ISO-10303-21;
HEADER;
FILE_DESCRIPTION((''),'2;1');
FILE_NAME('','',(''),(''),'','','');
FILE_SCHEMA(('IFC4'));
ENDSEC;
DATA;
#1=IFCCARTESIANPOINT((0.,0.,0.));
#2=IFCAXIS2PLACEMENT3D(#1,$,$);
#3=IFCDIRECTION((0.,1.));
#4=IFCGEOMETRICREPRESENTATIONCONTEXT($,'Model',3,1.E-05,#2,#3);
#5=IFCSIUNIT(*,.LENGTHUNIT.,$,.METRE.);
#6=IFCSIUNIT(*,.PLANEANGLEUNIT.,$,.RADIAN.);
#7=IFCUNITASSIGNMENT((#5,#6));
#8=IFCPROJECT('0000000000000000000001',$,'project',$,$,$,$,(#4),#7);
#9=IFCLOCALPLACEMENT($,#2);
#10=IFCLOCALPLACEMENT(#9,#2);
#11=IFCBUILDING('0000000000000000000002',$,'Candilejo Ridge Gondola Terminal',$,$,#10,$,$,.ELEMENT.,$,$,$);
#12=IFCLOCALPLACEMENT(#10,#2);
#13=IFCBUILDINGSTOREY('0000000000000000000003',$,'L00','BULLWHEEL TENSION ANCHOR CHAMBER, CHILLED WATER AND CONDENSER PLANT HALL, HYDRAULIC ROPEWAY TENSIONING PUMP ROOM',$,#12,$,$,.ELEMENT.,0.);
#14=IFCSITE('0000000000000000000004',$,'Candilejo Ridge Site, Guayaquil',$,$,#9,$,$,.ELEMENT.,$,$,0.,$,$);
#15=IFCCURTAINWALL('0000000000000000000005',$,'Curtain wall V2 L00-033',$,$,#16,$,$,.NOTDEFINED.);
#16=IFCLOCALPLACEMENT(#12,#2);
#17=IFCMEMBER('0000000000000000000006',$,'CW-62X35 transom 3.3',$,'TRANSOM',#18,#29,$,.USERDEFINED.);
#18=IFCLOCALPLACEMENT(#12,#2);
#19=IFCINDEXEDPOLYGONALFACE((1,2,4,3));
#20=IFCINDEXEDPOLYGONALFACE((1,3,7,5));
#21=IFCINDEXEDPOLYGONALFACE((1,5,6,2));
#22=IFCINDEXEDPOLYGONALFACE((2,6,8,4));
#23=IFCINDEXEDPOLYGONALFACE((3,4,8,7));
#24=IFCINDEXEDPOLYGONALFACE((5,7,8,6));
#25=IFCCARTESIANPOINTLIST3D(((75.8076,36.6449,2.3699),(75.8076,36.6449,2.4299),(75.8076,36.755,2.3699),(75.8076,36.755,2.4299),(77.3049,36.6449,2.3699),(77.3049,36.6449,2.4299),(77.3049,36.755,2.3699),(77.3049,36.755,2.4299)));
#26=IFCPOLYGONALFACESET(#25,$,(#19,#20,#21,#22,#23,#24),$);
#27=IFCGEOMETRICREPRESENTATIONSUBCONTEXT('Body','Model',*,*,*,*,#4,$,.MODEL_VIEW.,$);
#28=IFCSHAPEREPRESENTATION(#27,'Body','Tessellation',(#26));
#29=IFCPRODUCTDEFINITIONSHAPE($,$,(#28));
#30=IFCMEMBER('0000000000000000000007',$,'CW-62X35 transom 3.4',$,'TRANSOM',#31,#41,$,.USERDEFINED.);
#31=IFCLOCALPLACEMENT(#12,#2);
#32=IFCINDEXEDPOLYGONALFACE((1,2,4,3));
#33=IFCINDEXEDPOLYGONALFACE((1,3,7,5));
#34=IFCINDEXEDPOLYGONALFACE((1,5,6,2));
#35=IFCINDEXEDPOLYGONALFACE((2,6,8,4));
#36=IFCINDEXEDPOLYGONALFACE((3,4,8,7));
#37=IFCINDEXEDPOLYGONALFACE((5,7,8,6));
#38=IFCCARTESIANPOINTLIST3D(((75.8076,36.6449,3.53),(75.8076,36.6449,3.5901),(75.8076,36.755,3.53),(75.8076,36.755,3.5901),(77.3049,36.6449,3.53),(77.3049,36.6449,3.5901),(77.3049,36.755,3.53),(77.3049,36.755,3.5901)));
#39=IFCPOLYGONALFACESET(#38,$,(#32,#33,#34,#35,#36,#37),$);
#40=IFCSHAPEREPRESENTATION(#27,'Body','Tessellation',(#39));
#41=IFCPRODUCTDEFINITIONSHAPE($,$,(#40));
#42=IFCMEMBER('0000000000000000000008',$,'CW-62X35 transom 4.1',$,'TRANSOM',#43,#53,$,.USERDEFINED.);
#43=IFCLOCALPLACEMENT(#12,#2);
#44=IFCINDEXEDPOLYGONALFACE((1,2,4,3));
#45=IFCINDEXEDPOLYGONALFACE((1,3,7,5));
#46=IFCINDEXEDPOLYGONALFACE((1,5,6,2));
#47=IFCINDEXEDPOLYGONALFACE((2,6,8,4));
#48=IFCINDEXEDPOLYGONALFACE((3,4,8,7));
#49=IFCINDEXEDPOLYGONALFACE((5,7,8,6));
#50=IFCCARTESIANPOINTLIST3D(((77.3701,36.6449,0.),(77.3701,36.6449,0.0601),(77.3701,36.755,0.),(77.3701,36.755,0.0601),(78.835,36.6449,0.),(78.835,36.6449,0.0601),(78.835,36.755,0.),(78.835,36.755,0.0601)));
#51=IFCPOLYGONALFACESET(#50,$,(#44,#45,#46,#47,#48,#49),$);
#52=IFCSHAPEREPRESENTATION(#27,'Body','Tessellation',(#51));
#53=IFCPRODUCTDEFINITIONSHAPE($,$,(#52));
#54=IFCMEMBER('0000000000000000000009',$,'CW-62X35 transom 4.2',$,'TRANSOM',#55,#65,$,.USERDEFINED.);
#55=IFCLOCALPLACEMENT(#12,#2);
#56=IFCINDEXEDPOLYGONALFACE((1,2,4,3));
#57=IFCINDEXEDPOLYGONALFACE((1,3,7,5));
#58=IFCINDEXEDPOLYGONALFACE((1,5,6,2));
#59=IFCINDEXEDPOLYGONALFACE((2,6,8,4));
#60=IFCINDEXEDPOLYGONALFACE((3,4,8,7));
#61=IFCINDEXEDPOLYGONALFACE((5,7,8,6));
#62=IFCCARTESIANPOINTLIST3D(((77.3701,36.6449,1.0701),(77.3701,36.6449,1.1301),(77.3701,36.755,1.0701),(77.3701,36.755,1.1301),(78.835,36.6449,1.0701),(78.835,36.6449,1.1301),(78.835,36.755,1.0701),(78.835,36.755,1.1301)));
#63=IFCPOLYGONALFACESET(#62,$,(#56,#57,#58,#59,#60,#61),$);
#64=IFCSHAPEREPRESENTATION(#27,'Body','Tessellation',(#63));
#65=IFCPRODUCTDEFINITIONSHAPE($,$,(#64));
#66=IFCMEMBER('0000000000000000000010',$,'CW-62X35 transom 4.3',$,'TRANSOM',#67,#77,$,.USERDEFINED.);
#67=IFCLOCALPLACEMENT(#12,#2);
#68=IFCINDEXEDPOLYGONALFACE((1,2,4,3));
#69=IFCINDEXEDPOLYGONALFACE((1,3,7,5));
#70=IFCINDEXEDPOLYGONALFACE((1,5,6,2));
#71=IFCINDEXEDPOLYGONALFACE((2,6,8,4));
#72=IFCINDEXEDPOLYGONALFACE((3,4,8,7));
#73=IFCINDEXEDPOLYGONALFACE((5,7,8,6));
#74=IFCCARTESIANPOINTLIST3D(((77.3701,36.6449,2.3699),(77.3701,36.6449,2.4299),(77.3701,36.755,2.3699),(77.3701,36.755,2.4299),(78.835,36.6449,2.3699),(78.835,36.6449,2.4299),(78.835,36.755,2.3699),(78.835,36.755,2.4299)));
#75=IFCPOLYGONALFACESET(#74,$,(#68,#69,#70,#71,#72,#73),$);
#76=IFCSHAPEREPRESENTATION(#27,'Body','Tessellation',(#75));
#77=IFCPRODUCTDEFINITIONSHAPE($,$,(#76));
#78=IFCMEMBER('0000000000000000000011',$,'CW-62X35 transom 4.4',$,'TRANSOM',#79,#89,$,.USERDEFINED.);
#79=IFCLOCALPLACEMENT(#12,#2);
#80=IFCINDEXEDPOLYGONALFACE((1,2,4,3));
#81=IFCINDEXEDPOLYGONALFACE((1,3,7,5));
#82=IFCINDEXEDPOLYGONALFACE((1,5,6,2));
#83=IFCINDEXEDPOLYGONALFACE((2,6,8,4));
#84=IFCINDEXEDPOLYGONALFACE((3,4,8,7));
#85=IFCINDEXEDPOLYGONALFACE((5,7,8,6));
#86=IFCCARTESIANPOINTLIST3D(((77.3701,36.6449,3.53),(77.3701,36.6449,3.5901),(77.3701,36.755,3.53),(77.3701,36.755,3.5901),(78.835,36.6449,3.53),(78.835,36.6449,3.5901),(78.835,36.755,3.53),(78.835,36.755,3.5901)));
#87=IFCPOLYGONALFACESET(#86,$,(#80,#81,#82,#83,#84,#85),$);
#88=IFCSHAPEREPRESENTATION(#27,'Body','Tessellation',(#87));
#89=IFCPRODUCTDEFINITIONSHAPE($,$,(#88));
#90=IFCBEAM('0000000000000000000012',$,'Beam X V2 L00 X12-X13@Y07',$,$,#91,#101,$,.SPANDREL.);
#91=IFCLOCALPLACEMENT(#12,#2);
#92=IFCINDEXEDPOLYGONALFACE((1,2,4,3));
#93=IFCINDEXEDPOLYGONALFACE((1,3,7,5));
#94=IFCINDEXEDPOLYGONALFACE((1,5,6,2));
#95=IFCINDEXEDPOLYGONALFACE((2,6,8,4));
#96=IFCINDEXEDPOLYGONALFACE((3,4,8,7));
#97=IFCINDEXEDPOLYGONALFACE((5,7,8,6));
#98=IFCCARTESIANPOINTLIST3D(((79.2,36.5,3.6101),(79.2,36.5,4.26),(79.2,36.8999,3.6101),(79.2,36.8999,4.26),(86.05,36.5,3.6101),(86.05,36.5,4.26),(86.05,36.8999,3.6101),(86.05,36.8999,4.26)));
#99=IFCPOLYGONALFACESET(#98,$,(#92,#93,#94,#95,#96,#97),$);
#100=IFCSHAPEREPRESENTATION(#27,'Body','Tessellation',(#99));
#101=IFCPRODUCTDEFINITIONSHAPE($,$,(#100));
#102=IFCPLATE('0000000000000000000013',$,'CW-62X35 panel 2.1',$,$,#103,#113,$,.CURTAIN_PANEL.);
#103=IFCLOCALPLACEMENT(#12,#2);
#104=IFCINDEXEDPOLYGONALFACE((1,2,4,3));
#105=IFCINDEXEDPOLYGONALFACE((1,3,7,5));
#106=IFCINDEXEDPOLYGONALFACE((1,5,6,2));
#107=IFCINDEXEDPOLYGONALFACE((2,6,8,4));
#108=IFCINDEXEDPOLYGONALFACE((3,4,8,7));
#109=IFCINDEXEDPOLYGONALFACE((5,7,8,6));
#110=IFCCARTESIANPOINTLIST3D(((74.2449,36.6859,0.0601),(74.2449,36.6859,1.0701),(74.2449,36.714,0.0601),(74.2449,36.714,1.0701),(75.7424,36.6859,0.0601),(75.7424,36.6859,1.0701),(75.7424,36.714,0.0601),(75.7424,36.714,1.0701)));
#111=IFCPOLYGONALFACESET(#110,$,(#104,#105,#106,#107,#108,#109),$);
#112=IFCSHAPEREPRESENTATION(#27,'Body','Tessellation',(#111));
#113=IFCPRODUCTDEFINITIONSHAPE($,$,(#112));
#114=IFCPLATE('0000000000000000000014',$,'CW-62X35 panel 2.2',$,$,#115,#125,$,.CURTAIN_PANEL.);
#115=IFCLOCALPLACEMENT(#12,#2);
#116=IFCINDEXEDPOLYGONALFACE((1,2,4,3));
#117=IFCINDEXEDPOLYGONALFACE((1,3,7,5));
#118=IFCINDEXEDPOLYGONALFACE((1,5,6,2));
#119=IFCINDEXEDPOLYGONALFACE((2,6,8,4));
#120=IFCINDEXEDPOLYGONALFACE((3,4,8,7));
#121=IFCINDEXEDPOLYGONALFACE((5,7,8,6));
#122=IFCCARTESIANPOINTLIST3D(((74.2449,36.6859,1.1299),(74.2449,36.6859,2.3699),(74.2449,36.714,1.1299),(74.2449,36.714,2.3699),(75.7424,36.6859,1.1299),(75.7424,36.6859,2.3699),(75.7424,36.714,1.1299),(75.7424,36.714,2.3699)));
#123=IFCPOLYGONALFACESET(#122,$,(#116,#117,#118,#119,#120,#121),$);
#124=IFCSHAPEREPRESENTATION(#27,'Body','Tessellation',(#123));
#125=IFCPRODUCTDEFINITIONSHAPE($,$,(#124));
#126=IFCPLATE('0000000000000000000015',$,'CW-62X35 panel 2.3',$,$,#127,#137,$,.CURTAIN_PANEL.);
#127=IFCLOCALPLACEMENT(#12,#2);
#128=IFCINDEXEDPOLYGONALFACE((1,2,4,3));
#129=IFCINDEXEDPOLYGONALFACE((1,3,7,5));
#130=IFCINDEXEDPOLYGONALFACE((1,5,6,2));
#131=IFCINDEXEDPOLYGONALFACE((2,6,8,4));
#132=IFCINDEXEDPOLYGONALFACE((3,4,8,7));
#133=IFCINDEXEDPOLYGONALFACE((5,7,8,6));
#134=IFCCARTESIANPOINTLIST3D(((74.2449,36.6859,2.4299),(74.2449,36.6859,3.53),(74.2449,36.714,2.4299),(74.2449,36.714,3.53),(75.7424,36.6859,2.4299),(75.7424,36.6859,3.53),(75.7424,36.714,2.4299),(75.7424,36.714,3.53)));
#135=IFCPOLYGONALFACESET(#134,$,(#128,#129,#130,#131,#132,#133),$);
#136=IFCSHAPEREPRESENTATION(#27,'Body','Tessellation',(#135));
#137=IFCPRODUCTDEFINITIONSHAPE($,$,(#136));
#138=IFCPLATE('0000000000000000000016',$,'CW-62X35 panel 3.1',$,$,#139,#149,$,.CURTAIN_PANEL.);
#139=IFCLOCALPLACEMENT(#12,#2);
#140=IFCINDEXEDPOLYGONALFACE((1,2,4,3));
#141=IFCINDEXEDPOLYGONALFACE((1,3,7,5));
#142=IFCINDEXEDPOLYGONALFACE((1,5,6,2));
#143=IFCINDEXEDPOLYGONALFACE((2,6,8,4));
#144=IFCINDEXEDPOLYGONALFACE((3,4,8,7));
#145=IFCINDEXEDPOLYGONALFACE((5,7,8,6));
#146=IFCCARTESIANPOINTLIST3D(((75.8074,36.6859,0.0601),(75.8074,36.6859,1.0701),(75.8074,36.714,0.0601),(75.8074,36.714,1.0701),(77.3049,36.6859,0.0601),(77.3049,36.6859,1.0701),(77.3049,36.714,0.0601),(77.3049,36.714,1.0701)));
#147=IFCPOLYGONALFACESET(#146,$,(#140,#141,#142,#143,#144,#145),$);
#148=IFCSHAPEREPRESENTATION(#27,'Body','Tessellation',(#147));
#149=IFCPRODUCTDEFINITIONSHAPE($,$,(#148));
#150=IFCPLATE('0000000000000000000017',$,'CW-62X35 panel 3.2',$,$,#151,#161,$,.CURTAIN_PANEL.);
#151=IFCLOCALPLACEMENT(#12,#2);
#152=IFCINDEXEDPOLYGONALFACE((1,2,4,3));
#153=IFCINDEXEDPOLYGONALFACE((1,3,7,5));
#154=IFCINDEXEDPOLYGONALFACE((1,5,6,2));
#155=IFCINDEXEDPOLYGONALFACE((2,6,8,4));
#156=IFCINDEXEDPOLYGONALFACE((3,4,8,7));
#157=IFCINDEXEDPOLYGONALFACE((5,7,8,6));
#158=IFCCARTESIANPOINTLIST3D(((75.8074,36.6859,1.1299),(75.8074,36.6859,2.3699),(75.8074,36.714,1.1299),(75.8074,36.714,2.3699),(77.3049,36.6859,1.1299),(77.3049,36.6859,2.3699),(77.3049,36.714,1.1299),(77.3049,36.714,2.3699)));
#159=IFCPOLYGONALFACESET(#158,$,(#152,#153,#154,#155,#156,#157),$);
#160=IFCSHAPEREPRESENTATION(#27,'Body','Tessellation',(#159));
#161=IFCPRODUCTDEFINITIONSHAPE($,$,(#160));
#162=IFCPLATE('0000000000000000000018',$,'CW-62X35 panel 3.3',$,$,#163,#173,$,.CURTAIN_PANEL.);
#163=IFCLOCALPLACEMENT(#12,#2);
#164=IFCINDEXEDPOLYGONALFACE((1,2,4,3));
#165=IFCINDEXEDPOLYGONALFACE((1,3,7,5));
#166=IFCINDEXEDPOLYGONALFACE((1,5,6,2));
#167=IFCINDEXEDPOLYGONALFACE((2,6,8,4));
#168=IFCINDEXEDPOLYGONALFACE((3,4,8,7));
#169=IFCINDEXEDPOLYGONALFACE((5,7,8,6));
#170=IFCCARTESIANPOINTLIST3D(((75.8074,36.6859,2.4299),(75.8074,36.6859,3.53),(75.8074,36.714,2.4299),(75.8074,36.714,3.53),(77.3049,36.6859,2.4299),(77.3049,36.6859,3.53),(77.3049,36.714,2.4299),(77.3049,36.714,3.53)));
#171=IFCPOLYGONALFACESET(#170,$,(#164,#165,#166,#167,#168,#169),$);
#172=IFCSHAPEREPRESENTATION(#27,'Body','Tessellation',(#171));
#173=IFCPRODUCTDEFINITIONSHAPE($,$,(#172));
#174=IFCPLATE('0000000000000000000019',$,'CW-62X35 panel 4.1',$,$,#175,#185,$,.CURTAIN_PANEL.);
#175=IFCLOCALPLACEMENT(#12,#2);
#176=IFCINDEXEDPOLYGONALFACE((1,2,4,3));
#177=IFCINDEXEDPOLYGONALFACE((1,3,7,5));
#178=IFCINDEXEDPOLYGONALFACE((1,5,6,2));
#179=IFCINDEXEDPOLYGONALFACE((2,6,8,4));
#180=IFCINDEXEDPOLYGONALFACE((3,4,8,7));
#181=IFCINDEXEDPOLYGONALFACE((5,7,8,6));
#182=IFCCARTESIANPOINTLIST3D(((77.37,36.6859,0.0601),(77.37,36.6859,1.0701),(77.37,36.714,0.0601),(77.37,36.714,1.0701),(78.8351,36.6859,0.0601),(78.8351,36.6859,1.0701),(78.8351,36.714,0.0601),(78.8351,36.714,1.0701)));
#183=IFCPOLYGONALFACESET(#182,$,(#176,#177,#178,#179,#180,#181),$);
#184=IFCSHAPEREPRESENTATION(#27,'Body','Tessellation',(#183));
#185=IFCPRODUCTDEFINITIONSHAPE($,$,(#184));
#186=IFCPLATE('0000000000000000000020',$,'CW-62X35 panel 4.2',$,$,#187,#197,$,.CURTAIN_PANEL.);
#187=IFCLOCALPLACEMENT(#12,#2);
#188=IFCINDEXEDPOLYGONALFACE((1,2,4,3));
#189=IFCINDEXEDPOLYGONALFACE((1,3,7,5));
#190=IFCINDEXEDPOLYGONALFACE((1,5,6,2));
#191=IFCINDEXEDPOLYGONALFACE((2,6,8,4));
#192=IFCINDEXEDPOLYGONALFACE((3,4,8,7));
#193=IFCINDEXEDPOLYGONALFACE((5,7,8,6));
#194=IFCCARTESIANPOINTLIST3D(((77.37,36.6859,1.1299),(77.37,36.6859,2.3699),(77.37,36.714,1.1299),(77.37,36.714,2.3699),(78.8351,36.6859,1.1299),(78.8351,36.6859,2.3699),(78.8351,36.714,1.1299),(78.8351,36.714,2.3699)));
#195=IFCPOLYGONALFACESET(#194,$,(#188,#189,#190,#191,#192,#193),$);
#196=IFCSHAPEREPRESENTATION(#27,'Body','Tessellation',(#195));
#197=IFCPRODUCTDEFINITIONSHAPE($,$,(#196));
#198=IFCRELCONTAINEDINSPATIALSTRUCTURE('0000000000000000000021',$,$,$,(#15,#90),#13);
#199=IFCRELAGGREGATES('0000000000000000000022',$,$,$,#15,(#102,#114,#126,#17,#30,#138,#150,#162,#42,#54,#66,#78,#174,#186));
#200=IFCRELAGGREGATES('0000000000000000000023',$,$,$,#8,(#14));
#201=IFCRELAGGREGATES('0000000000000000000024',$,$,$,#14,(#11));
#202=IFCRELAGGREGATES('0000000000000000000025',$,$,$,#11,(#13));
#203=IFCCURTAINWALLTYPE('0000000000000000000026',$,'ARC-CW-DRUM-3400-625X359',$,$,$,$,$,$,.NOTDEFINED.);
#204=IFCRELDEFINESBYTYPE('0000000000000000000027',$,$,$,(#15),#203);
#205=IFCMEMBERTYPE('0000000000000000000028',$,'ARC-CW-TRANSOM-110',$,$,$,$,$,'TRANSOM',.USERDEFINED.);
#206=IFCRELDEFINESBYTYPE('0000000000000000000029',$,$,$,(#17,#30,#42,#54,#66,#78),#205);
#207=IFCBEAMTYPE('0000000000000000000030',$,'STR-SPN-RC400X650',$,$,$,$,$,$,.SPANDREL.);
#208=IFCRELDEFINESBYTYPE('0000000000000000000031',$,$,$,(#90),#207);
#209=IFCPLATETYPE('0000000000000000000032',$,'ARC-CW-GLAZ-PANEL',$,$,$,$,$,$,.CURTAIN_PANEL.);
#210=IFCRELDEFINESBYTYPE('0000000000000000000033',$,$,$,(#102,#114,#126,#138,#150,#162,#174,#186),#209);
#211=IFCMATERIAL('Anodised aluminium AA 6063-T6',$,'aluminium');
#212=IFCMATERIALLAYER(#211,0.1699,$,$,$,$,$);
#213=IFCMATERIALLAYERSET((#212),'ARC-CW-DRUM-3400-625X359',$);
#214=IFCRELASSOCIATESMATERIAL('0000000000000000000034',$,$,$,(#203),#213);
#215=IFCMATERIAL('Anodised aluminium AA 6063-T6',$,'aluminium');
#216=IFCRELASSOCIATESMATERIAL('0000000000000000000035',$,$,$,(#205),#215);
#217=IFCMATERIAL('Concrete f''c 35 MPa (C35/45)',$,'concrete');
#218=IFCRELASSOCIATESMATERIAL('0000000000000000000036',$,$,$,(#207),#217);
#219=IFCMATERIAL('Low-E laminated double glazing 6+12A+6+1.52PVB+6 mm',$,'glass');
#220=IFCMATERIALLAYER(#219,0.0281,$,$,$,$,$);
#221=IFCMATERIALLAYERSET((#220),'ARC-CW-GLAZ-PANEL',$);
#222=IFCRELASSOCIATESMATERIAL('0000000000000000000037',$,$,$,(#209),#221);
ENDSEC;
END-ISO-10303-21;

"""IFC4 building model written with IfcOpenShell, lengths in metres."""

from ifc_helpers import new_model, si_unit, direction, frame, origin, origin_2d, place, context, subcontext, project, spatial, rectangle, extrude, material, layer, layer_set, material_profile, profile_set, type_object, element, aggregate, save


model = new_model("IFC4")

# Units and contexts
model_context = context("Model", 3, precision=1e-05, world=origin(), true_north=direction((0.0, 1.0)))
body_context = subcontext(model_context, "Body", "Model", "MODEL_VIEW")
ifc_project = project(units=[si_unit("LENGTHUNIT", "METRE"), si_unit("PLANEANGLEUNIT", "RADIAN")], contexts=[model_context])

# Site, building, storey
site_placement = place(None, origin())
site = spatial("IfcSite", under=ifc_project, at=site_placement, Name="Candilejo Ridge Site, Guayaquil", CompositionType="ELEMENT", RefElevation=0.0)
building_placement = place(site_placement, origin())
building = spatial("IfcBuilding", under=site, at=building_placement, Name="Candilejo Ridge Gondola Terminal", CompositionType="ELEMENT")
storey_placement = place(building_placement, origin())
storey = spatial("IfcBuildingStorey", under=building, at=storey_placement, Name="L00", Description="BULLWHEEL TENSION ANCHOR CHAMBER, CHILLED WATER AND CONDENSER PLANT HALL, HYDRAULIC ROPEWAY TENSIONING PUMP ROOM", CompositionType="ELEMENT", Elevation=0.0)

# Curtain wall, members
ifc_material_1 = material(Name="Anodised aluminium AA 6063-T6", Category="aluminium")
ifc_layer_1 = layer(ifc_material_1, 0.1699)
ifc_layer_set_1 = layer_set([ifc_layer_1], Name="ARC-CW-DRUM-3400-625X359")
curtain_wall_type = type_object("IfcCurtainWallType", Name="ARC-CW-DRUM-3400-625X359", PredefinedType="NOTDEFINED", material=ifc_layer_set_1)
curtain_wall_placement = place(storey_placement, origin())
curtain_wall = element("IfcCurtainWall", 1, at=curtain_wall_placement, inside=storey, type_object=curtain_wall_type, Name="Curtain wall V2 L00-033", PredefinedType="NOTDEFINED")
ifc_material_2 = material(Name="Anodised aluminium AA 6063-T6", Category="aluminium")
ifc_material_profile_1 = material_profile(ifc_material_2, rectangle(XDim=0.1101, YDim=0.0601, at=origin_2d()))
ifc_profile_set_1 = profile_set([ifc_material_profile_1], Name="Anodised aluminium AA 6063-T6")
member_type_1 = type_object("IfcMemberType", Name="ARC-CW-TRANSOM-110", ElementType="TRANSOM", PredefinedType="USERDEFINED", material=ifc_profile_set_1)
member_1_placement = place(storey_placement, frame((75.8076, 36.7, 2.3999), z_axis=(1.0, 0.0, 0.0), x_axis=(0.0, 1.0, 0.0)))
member_1 = element("IfcMember", 2, at=member_1_placement, type_object=member_type_1, Name="CW-62X35 transom 3.3", ObjectType="TRANSOM", PredefinedType="USERDEFINED", context=body_context, shape_type="SweptSolid", body=[
    extrude(rectangle(XDim=0.1101, YDim=0.0601, at=origin_2d()), origin(), (0.0, 0.0, 1.0), 1.4973),
])
member_2_placement = place(storey_placement, frame((75.8076, 36.7, 3.5601), z_axis=(1.0, 0.0, 0.0), x_axis=(0.0, 1.0, 0.0)))
member_2 = element("IfcMember", 3, at=member_2_placement, type_object=member_type_1, Name="CW-62X35 transom 3.4", ObjectType="TRANSOM", PredefinedType="USERDEFINED", context=body_context, shape_type="SweptSolid", body=[
    extrude(rectangle(XDim=0.1101, YDim=0.0601, at=origin_2d()), origin(), (0.0, 0.0, 1.0), 1.4973),
])
member_3_placement = place(storey_placement, frame((77.3701, 36.7, 0.03), z_axis=(1.0, 0.0, 0.0), x_axis=(0.0, 1.0, 0.0)))
member_3 = element("IfcMember", 4, at=member_3_placement, type_object=member_type_1, Name="CW-62X35 transom 4.1", ObjectType="TRANSOM", PredefinedType="USERDEFINED", context=body_context, shape_type="SweptSolid", body=[
    extrude(rectangle(XDim=0.1101, YDim=0.0601, at=origin_2d()), origin(), (0.0, 0.0, 1.0), 1.4648),
])
member_4_placement = place(storey_placement, frame((77.3701, 36.7, 1.1001), z_axis=(1.0, 0.0, 0.0), x_axis=(0.0, 1.0, 0.0)))
member_4 = element("IfcMember", 5, at=member_4_placement, type_object=member_type_1, Name="CW-62X35 transom 4.2", ObjectType="TRANSOM", PredefinedType="USERDEFINED", context=body_context, shape_type="SweptSolid", body=[
    extrude(rectangle(XDim=0.1101, YDim=0.0601, at=origin_2d()), origin(), (0.0, 0.0, 1.0), 1.4648),
])
member_5_placement = place(storey_placement, frame((77.3701, 36.7, 2.3999), z_axis=(1.0, 0.0, 0.0), x_axis=(0.0, 1.0, 0.0)))
member_5 = element("IfcMember", 6, at=member_5_placement, type_object=member_type_1, Name="CW-62X35 transom 4.3", ObjectType="TRANSOM", PredefinedType="USERDEFINED", context=body_context, shape_type="SweptSolid", body=[
    extrude(rectangle(XDim=0.1101, YDim=0.0601, at=origin_2d()), origin(), (0.0, 0.0, 1.0), 1.4648),
])
member_6_placement = place(storey_placement, frame((77.3701, 36.7, 3.5601), z_axis=(1.0, 0.0, 0.0), x_axis=(0.0, 1.0, 0.0)))
member_6 = element("IfcMember", 7, at=member_6_placement, type_object=member_type_1, Name="CW-62X35 transom 4.4", ObjectType="TRANSOM", PredefinedType="USERDEFINED", context=body_context, shape_type="SweptSolid", body=[
    extrude(rectangle(XDim=0.1101, YDim=0.0601, at=origin_2d()), origin(), (0.0, 0.0, 1.0), 1.4648),
])

# Beam
ifc_material_3 = material(Name="Concrete f'c 35 MPa (C35/45)", Category="concrete")
ifc_material_profile_2 = material_profile(ifc_material_3, rectangle(XDim=0.3999, YDim=0.6499, at=origin_2d()))
ifc_profile_set_2 = profile_set([ifc_material_profile_2], Name="Concrete f'c 35 MPa (C35/45)")
beam_type = type_object("IfcBeamType", Name="STR-SPN-RC400X650", PredefinedType="SPANDREL", material=ifc_profile_set_2)
beam_placement = place(storey_placement, frame((79.2, 36.7, 3.9351), z_axis=(1.0, 0.0, 0.0), x_axis=(0.0, 1.0, 0.0)))
element("IfcBeam", 8, at=beam_placement, inside=storey, type_object=beam_type, Name="Beam X V2 L00 X12-X13@Y07", PredefinedType="SPANDREL", context=body_context, shape_type="SweptSolid", body=[
    extrude(rectangle(XDim=0.3999, YDim=0.6499, at=origin_2d()), origin(), (0.0, 0.0, 1.0), 6.8501),
])

# Plates
ifc_material_4 = material(Name="Low-E laminated double glazing 6+12A+6+1.52PVB+6 mm", Category="glass")
ifc_layer_2 = layer(ifc_material_4, 0.0281)
ifc_layer_set_2 = layer_set([ifc_layer_2], Name="ARC-CW-GLAZ-PANEL")
plate_type = type_object("IfcPlateType", Name="ARC-CW-GLAZ-PANEL", PredefinedType="CURTAIN_PANEL", material=ifc_layer_set_2)
plate_1_placement = place(storey_placement, frame((74.9937, 36.7, 0.0601), z_axis=(0.0, 0.0, 1.0), x_axis=(1.0, 0.0, 0.0)))
plate_1 = element("IfcPlate", 9, at=plate_1_placement, type_object=plate_type, Name="CW-62X35 panel 2.1", PredefinedType="CURTAIN_PANEL", context=body_context, shape_type="SweptSolid", body=[
    extrude(rectangle(XDim=1.4976, YDim=0.0281, at=origin_2d()), origin(), (0.0, 0.0, 1.0), 1.01),
])
plate_2_placement = place(storey_placement, frame((74.9937, 36.7, 1.1299), z_axis=(0.0, 0.0, 1.0), x_axis=(1.0, 0.0, 0.0)))
plate_2 = element("IfcPlate", 10, at=plate_2_placement, type_object=plate_type, Name="CW-62X35 panel 2.2", PredefinedType="CURTAIN_PANEL", context=body_context, shape_type="SweptSolid", body=[
    extrude(rectangle(XDim=1.4976, YDim=0.0281, at=origin_2d()), origin(), (0.0, 0.0, 1.0), 1.24),
])
plate_3_placement = place(storey_placement, frame((74.9937, 36.7, 2.4299), z_axis=(0.0, 0.0, 1.0), x_axis=(1.0, 0.0, 0.0)))
plate_3 = element("IfcPlate", 11, at=plate_3_placement, type_object=plate_type, Name="CW-62X35 panel 2.3", PredefinedType="CURTAIN_PANEL", context=body_context, shape_type="SweptSolid", body=[
    extrude(rectangle(XDim=1.4976, YDim=0.0281, at=origin_2d()), origin(), (0.0, 0.0, 1.0), 1.1001),
])
plate_4_placement = place(storey_placement, frame((76.5562, 36.7, 0.0601), z_axis=(0.0, 0.0, 1.0), x_axis=(1.0, 0.0, 0.0)))
plate_4 = element("IfcPlate", 12, at=plate_4_placement, type_object=plate_type, Name="CW-62X35 panel 3.1", PredefinedType="CURTAIN_PANEL", context=body_context, shape_type="SweptSolid", body=[
    extrude(rectangle(XDim=1.4976, YDim=0.0281, at=origin_2d()), origin(), (0.0, 0.0, 1.0), 1.01),
])
plate_5_placement = place(storey_placement, frame((76.5562, 36.7, 1.1299), z_axis=(0.0, 0.0, 1.0), x_axis=(1.0, 0.0, 0.0)))
plate_5 = element("IfcPlate", 13, at=plate_5_placement, type_object=plate_type, Name="CW-62X35 panel 3.2", PredefinedType="CURTAIN_PANEL", context=body_context, shape_type="SweptSolid", body=[
    extrude(rectangle(XDim=1.4976, YDim=0.0281, at=origin_2d()), origin(), (0.0, 0.0, 1.0), 1.24),
])
plate_6_placement = place(storey_placement, frame((76.5562, 36.7, 2.4299), z_axis=(0.0, 0.0, 1.0), x_axis=(1.0, 0.0, 0.0)))
plate_6 = element("IfcPlate", 14, at=plate_6_placement, type_object=plate_type, Name="CW-62X35 panel 3.3", PredefinedType="CURTAIN_PANEL", context=body_context, shape_type="SweptSolid", body=[
    extrude(rectangle(XDim=1.4976, YDim=0.0281, at=origin_2d()), origin(), (0.0, 0.0, 1.0), 1.1001),
])
plate_7_placement = place(storey_placement, frame((78.1025, 36.7, 0.0601), z_axis=(0.0, 0.0, 1.0), x_axis=(1.0, 0.0, 0.0)))
plate_7 = element("IfcPlate", 15, at=plate_7_placement, type_object=plate_type, Name="CW-62X35 panel 4.1", PredefinedType="CURTAIN_PANEL", context=body_context, shape_type="SweptSolid", body=[
    extrude(rectangle(XDim=1.4651, YDim=0.0281, at=origin_2d()), origin(), (0.0, 0.0, 1.0), 1.01),
])
plate_8_placement = place(storey_placement, frame((78.1025, 36.7, 1.1299), z_axis=(0.0, 0.0, 1.0), x_axis=(1.0, 0.0, 0.0)))
plate_8 = element("IfcPlate", 16, at=plate_8_placement, type_object=plate_type, Name="CW-62X35 panel 4.2", PredefinedType="CURTAIN_PANEL", context=body_context, shape_type="SweptSolid", body=[
    extrude(rectangle(XDim=1.4651, YDim=0.0281, at=origin_2d()), origin(), (0.0, 0.0, 1.0), 1.24),
])
aggregate(curtain_wall, [plate_1, plate_2, plate_3, member_1, member_2, plate_4, plate_5, plate_6, member_3, member_4, member_5, member_6, plate_7, plate_8])

save(model, "model.ifc")
